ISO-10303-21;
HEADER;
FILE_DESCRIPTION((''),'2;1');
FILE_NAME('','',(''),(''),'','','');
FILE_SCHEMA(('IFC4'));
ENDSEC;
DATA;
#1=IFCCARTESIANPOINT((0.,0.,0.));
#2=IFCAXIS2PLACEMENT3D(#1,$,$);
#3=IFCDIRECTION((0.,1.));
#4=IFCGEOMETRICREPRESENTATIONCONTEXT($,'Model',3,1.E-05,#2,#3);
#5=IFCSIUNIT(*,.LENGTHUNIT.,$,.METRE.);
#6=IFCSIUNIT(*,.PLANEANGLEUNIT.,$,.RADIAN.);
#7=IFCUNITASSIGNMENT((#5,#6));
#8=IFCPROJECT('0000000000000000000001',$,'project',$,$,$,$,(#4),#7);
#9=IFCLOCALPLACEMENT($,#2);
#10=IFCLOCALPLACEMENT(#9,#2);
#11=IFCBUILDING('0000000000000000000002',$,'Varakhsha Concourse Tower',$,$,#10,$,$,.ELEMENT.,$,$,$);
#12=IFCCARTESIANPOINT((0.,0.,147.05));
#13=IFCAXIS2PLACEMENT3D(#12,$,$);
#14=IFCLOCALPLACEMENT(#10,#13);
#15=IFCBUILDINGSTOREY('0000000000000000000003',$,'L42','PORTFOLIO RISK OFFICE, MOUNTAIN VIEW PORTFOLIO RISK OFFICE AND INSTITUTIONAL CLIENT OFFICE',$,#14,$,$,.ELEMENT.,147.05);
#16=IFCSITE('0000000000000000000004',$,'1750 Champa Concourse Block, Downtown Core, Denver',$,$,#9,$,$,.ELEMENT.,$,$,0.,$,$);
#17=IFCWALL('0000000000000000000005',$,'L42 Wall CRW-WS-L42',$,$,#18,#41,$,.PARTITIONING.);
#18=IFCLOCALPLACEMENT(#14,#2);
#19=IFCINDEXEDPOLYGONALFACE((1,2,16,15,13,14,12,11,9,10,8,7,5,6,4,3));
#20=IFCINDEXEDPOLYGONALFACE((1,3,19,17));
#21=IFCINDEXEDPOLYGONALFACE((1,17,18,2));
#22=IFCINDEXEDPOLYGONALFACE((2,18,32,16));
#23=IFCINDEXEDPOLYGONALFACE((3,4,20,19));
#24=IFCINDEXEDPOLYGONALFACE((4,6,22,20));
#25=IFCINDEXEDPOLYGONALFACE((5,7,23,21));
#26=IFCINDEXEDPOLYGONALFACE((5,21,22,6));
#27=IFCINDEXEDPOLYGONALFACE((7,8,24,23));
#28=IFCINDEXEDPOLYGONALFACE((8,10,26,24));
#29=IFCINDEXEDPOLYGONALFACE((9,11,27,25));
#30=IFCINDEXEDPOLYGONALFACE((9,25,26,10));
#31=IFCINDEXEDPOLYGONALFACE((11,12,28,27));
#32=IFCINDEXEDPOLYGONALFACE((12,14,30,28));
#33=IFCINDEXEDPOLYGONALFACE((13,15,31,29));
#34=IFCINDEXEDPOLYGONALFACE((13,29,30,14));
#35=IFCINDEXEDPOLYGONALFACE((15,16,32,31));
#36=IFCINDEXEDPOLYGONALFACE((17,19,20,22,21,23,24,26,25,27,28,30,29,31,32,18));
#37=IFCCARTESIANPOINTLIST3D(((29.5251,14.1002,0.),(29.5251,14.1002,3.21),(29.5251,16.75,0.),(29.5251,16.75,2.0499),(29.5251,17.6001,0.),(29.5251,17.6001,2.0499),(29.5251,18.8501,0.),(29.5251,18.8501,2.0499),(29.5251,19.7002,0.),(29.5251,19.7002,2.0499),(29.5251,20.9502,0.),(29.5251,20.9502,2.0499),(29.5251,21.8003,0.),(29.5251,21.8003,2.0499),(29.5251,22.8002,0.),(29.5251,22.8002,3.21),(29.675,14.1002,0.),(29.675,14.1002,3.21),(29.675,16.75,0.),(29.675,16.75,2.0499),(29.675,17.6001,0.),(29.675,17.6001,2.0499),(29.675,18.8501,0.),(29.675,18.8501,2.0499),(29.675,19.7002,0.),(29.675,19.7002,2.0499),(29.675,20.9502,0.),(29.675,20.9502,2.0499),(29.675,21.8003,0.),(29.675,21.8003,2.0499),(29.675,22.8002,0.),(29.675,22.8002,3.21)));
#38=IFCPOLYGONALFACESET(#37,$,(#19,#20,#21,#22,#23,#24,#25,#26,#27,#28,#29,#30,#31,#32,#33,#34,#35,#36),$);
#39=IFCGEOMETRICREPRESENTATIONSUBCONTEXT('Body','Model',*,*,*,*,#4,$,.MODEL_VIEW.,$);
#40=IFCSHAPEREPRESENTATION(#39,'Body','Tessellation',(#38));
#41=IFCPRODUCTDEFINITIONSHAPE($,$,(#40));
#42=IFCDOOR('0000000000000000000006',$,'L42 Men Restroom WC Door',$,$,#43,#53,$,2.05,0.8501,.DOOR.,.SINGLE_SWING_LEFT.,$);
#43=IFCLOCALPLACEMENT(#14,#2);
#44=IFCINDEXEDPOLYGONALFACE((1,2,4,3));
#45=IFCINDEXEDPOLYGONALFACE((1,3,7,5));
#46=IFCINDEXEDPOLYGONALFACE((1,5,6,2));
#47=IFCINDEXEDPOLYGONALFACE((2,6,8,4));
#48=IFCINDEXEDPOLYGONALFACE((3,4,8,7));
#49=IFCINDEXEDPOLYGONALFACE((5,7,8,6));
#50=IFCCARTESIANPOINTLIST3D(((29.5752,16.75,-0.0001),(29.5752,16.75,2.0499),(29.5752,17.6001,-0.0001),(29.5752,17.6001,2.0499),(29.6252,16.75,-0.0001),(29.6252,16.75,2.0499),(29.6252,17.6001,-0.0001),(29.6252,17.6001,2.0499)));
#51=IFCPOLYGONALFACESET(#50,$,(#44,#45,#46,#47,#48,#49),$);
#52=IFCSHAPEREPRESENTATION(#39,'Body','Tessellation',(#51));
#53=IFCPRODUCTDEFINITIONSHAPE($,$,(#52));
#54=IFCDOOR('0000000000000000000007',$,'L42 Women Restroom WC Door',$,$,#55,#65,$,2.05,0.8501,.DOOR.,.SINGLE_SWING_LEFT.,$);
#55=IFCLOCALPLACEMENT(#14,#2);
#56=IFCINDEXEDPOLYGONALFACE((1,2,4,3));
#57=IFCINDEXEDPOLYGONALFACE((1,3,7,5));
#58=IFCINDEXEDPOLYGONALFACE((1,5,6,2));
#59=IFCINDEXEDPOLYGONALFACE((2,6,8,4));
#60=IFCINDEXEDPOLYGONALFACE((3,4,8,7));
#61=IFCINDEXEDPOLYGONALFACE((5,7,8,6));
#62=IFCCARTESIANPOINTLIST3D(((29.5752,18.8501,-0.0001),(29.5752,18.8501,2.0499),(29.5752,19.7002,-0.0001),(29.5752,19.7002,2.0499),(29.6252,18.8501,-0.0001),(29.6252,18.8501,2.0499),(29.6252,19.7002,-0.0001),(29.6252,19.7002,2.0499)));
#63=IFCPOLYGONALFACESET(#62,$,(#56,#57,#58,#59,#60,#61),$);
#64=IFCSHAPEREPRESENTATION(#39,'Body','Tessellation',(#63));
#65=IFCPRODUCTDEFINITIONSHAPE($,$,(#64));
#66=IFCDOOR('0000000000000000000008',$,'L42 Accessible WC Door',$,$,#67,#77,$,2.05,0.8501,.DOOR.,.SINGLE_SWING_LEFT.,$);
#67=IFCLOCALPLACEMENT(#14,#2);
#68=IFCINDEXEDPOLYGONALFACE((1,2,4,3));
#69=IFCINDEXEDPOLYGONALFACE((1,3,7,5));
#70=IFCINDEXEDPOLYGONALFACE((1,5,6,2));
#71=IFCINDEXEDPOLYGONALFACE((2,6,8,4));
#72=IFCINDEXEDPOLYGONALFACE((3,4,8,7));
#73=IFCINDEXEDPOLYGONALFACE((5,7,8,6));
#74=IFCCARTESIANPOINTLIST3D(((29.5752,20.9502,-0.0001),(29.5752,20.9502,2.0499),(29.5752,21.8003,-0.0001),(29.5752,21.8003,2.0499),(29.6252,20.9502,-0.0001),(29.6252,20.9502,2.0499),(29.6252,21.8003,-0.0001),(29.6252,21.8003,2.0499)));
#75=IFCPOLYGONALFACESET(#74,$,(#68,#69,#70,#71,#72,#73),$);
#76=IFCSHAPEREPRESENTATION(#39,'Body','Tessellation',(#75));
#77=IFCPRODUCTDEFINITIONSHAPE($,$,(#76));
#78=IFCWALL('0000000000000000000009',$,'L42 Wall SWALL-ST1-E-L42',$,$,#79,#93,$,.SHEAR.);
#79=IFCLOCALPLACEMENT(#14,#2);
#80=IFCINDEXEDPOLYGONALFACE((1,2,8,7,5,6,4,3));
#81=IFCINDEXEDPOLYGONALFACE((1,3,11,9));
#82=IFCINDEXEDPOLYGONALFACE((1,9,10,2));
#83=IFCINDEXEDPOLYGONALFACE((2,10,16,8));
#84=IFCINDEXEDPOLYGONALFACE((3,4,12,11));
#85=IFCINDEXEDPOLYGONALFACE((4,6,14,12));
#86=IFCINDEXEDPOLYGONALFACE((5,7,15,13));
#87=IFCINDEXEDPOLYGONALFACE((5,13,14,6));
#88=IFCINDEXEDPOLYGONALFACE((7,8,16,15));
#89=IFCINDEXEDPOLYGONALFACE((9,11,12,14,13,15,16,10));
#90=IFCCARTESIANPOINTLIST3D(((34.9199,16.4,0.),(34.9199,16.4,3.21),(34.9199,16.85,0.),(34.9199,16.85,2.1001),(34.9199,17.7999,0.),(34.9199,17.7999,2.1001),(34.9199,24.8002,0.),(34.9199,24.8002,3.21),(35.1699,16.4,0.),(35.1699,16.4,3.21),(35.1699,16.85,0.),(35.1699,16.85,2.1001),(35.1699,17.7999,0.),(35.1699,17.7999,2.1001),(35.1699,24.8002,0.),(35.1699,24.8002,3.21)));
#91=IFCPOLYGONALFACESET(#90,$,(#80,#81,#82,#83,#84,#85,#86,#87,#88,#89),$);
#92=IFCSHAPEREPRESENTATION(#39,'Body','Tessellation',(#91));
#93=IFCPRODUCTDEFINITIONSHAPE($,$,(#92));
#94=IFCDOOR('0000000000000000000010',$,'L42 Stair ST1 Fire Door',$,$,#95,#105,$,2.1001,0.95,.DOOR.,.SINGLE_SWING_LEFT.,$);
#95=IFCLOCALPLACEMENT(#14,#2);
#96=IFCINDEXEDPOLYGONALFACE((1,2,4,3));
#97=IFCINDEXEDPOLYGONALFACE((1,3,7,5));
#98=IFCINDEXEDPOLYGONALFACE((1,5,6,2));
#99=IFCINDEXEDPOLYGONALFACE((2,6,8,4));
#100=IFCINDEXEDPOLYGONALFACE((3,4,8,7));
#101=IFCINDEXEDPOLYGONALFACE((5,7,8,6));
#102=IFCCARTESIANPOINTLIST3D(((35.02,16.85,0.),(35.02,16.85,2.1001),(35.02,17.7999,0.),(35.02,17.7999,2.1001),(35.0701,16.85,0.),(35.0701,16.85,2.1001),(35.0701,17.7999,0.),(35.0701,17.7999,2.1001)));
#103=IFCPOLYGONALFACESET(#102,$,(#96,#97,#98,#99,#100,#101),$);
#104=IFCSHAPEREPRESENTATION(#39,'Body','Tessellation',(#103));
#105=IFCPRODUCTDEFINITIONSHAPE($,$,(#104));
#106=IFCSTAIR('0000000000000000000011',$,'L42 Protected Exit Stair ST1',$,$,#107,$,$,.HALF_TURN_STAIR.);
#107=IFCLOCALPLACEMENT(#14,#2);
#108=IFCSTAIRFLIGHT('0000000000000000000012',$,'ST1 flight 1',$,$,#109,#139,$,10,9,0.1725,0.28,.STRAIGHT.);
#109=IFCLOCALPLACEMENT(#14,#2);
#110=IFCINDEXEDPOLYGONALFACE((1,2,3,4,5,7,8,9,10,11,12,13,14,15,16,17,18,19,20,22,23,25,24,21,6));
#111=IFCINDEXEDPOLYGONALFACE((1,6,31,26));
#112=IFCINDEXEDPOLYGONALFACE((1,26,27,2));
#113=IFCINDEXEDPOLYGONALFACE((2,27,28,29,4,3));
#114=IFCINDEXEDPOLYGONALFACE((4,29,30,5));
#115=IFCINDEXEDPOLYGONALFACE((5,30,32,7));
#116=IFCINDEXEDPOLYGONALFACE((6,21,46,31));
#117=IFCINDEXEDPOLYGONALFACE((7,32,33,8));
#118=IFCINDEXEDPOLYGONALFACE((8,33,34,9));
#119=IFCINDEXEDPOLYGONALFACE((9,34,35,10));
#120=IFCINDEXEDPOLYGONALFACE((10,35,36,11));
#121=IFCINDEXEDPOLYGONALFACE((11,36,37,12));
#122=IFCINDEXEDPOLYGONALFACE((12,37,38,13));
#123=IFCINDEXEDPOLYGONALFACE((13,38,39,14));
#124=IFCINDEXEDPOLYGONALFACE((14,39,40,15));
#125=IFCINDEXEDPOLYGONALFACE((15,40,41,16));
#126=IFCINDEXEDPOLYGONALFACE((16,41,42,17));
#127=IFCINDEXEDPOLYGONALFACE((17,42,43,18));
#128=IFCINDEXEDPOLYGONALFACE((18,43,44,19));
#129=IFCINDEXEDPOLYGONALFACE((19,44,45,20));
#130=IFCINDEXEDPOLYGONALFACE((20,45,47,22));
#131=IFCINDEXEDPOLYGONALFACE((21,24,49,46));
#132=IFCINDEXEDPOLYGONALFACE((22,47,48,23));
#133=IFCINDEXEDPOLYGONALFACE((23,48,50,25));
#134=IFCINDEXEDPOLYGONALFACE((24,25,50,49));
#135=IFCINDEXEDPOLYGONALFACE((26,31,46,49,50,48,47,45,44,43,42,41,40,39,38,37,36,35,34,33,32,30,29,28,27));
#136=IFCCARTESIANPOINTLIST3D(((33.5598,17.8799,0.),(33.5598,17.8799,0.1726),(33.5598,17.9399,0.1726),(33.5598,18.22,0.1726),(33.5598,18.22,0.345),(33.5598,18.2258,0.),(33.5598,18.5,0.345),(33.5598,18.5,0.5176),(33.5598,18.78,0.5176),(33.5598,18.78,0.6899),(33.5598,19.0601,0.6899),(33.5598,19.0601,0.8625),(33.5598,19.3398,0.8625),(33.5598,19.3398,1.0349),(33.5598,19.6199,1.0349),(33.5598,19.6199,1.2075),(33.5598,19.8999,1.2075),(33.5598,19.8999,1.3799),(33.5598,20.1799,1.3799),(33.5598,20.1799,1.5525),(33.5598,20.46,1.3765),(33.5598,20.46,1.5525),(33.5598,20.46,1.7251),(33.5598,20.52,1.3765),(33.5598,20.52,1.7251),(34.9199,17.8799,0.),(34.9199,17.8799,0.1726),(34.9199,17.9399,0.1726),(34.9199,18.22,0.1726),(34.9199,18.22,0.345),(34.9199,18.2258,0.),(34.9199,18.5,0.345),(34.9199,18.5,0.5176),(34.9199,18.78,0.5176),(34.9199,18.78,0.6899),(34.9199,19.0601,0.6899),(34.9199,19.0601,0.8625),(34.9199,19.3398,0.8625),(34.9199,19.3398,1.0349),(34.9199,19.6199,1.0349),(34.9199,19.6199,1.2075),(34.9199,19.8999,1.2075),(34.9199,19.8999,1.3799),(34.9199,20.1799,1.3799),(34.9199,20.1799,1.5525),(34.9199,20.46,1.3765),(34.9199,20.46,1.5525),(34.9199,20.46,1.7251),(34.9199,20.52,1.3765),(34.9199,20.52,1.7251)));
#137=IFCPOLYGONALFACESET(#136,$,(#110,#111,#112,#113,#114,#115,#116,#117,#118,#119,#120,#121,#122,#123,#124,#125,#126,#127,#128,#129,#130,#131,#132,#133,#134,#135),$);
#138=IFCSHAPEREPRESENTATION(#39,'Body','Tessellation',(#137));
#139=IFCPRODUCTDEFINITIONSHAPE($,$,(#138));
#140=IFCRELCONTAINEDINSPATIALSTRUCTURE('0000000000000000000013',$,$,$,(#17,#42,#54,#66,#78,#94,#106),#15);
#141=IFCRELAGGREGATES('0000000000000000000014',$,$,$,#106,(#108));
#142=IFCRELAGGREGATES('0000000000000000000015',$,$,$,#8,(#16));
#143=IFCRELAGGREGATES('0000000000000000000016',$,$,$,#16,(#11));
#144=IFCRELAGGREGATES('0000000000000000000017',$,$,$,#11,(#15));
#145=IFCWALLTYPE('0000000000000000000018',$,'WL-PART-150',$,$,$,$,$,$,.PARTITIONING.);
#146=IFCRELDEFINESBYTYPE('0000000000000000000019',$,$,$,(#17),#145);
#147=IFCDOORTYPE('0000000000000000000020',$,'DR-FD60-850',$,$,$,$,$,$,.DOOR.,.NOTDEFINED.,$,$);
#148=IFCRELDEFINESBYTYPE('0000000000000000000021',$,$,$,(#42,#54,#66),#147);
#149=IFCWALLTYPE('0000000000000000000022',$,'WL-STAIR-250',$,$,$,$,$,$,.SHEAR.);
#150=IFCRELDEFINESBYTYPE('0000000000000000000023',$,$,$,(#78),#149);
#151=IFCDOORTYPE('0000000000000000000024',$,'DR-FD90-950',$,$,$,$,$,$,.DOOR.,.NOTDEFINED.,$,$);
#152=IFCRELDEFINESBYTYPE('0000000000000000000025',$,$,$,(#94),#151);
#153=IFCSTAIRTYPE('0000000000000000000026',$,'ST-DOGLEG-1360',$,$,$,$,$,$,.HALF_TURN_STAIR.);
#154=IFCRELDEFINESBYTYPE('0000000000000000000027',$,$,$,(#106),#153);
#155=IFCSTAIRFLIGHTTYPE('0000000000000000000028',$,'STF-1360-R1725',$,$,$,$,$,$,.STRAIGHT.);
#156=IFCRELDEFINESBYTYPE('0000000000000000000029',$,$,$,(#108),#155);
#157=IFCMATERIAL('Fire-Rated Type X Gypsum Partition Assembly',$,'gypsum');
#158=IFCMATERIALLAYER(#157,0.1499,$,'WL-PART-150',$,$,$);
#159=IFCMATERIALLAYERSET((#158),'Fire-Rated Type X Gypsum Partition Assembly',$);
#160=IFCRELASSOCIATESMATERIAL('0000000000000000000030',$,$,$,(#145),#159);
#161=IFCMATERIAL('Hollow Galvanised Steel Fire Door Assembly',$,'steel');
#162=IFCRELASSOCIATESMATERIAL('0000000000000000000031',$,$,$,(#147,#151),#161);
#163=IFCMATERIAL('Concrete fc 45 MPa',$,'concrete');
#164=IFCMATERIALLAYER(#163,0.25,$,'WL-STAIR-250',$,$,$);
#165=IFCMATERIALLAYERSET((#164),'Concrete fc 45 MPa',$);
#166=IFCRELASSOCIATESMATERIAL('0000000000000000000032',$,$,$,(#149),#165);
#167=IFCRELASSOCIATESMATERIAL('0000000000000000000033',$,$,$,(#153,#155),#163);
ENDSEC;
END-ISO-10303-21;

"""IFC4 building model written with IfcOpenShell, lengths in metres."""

from ifc_helpers import new_model, si_unit, direction, frame, frame_2d, origin, place, context, subcontext, project, spatial, polyline, rectangle, outline, extrude, material, layer, layer_set, type_object, element, fill, aggregate, save


model = new_model("IFC4")

# Units and contexts
model_context = context("Model", 3, precision=1e-05, world=origin(), true_north=direction((0.0, 1.0)))
body_context = subcontext(model_context, "Body", "Model", "MODEL_VIEW")
ifc_project = project(units=[si_unit("LENGTHUNIT", "METRE"), si_unit("PLANEANGLEUNIT", "RADIAN")], contexts=[model_context])

# Site, building, storey
site_placement = place(None, origin())
site = spatial("IfcSite", under=ifc_project, at=site_placement, Name="1750 Champa Concourse Block, Downtown Core, Denver", CompositionType="ELEMENT", RefElevation=0.0)
building_placement = place(site_placement, origin())
building = spatial("IfcBuilding", under=site, at=building_placement, Name="Varakhsha Concourse Tower", CompositionType="ELEMENT")
storey_placement = place(building_placement, frame((0.0, 0.0, 147.05)))
storey = spatial("IfcBuildingStorey", under=building, at=storey_placement, Name="L42", Description="PORTFOLIO RISK OFFICE, MOUNTAIN VIEW PORTFOLIO RISK OFFICE AND INSTITUTIONAL CLIENT OFFICE", CompositionType="ELEMENT", Elevation=147.05)

# Shared definitions
ifc_material_1 = material(Name="Hollow Galvanised Steel Fire Door Assembly", Category="steel")

# Wall, openings, doors
ifc_material_2 = material(Name="Fire-Rated Type X Gypsum Partition Assembly", Category="gypsum")
ifc_layer_1 = layer(ifc_material_2, 0.1499, Name="WL-PART-150")
ifc_layer_set_1 = layer_set([ifc_layer_1], Name="Fire-Rated Type X Gypsum Partition Assembly")
wall_type_1 = type_object("IfcWallType", Name="WL-PART-150", PredefinedType="PARTITIONING", material=ifc_layer_set_1)
wall_1_placement = place(storey_placement, frame((29.6001, 14.1001, 0.0), z_axis=(0.0, 0.0, 1.0), x_axis=(0.0, 1.0, 0.0)))
wall_1 = element("IfcWall", 1, at=wall_1_placement, inside=storey, type_object=wall_type_1, Name="L42 Wall CRW-WS-L42", PredefinedType="PARTITIONING", context=body_context, shape_type="SweptSolid", body=[
    extrude(rectangle(XDim=8.7, YDim=0.1499, at=frame_2d((4.3501, 0.0))), origin(), (0.0, 0.0, 1.0), 3.21),
])
opening_1_placement = place(wall_1_placement, frame((2.6499, 0.0, 0.0)))
opening_1 = element("IfcOpeningElement", 2, at=opening_1_placement, cuts=wall_1, PredefinedType="OPENING", context=body_context, shape_type="SweptSolid", body=[
    extrude(rectangle(XDim=0.8501, YDim=2.05, at=frame_2d((0.425, 1.0249))), frame((0.0, 0.085, 0.0), z_axis=(0.0, -1.0, 0.0), x_axis=(1.0, 0.0, 0.0)), (0.0, 0.0, 1.0), 0.1699),
])
opening_2_placement = place(wall_1_placement, frame((4.75, 0.0, 0.0)))
opening_2 = element("IfcOpeningElement", 3, at=opening_2_placement, cuts=wall_1, PredefinedType="OPENING", context=body_context, shape_type="SweptSolid", body=[
    extrude(rectangle(XDim=0.8501, YDim=2.05, at=frame_2d((0.425, 1.0249))), frame((0.0, 0.085, 0.0), z_axis=(0.0, -1.0, 0.0), x_axis=(1.0, 0.0, 0.0)), (0.0, 0.0, 1.0), 0.1699),
])
opening_3_placement = place(wall_1_placement, frame((6.8501, 0.0, 0.0)))
opening_3 = element("IfcOpeningElement", 4, at=opening_3_placement, cuts=wall_1, PredefinedType="OPENING", context=body_context, shape_type="SweptSolid", body=[
    extrude(rectangle(XDim=0.8501, YDim=2.05, at=frame_2d((0.425, 1.0249))), frame((0.0, 0.085, 0.0), z_axis=(0.0, -1.0, 0.0), x_axis=(1.0, 0.0, 0.0)), (0.0, 0.0, 1.0), 0.1699),
])
door_type_1 = type_object("IfcDoorType", Name="DR-FD60-850", OperationType="NOTDEFINED", PredefinedType="DOOR", material=ifc_material_1)
door_1_placement = place(opening_1_placement, origin())
door_1 = element("IfcDoor", 5, at=door_1_placement, inside=storey, type_object=door_type_1, Name="L42 Men Restroom WC Door", OperationType="SINGLE_SWING_LEFT", OverallHeight=2.05, OverallWidth=0.8501, PredefinedType="DOOR", context=body_context, shape_type="SweptSolid", body=[
    extrude(rectangle(XDim=0.8501, YDim=2.05, at=frame_2d((0.425, 1.0249))), frame((0.0, 0.0249, 0.0), z_axis=(0.0, -1.0, 0.0), x_axis=(1.0, 0.0, 0.0)), (0.0, 0.0, 1.0), 0.05),
])
fill(opening_1, door_1)
door_2_placement = place(opening_2_placement, origin())
door_2 = element("IfcDoor", 6, at=door_2_placement, inside=storey, type_object=door_type_1, Name="L42 Women Restroom WC Door", OperationType="SINGLE_SWING_LEFT", OverallHeight=2.05, OverallWidth=0.8501, PredefinedType="DOOR", context=body_context, shape_type="SweptSolid", body=[
    extrude(rectangle(XDim=0.8501, YDim=2.05, at=frame_2d((0.425, 1.0249))), frame((0.0, 0.0249, 0.0), z_axis=(0.0, -1.0, 0.0), x_axis=(1.0, 0.0, 0.0)), (0.0, 0.0, 1.0), 0.05),
])
fill(opening_2, door_2)
door_3_placement = place(opening_3_placement, origin())
door_3 = element("IfcDoor", 7, at=door_3_placement, inside=storey, type_object=door_type_1, Name="L42 Accessible WC Door", OperationType="SINGLE_SWING_LEFT", OverallHeight=2.05, OverallWidth=0.8501, PredefinedType="DOOR", context=body_context, shape_type="SweptSolid", body=[
    extrude(rectangle(XDim=0.8501, YDim=2.05, at=frame_2d((0.425, 1.0249))), frame((0.0, 0.0249, 0.0), z_axis=(0.0, -1.0, 0.0), x_axis=(1.0, 0.0, 0.0)), (0.0, 0.0, 1.0), 0.05),
])
fill(opening_3, door_3)

# Wall, opening, door
ifc_material_3 = material(Name="Concrete fc 45 MPa", Category="concrete")
ifc_layer_2 = layer(ifc_material_3, 0.25, Name="WL-STAIR-250")
ifc_layer_set_2 = layer_set([ifc_layer_2], Name="Concrete fc 45 MPa")
wall_type_2 = type_object("IfcWallType", Name="WL-STAIR-250", PredefinedType="SHEAR", material=ifc_layer_set_2)
wall_2_placement = place(storey_placement, frame((35.0449, 16.3999, 0.0), z_axis=(0.0, 0.0, 1.0), x_axis=(0.0, 1.0, 0.0)))
wall_2 = element("IfcWall", 8, at=wall_2_placement, inside=storey, type_object=wall_type_2, Name="L42 Wall SWALL-ST1-E-L42", PredefinedType="SHEAR", context=body_context, shape_type="SweptSolid", body=[
    extrude(rectangle(XDim=8.4001, YDim=0.25, at=frame_2d((4.2002, 0.0))), origin(), (0.0, 0.0, 1.0), 3.21),
])
opening_4_placement = place(wall_2_placement, frame((0.45, 0.0, 0.0)))
opening_4 = element("IfcOpeningElement", 9, at=opening_4_placement, cuts=wall_2, PredefinedType="OPENING", context=body_context, shape_type="SweptSolid", body=[
    extrude(rectangle(XDim=0.95, YDim=2.1001, at=frame_2d((0.4751, 1.05))), frame((0.0, 0.135, 0.0), z_axis=(0.0, -1.0, 0.0), x_axis=(1.0, 0.0, 0.0)), (0.0, 0.0, 1.0), 0.27),
])
door_type_2 = type_object("IfcDoorType", Name="DR-FD90-950", OperationType="NOTDEFINED", PredefinedType="DOOR", material=ifc_material_1)
door_4_placement = place(opening_4_placement, origin())
door_4 = element("IfcDoor", 10, at=door_4_placement, inside=storey, type_object=door_type_2, Name="L42 Stair ST1 Fire Door", OperationType="SINGLE_SWING_LEFT", OverallHeight=2.1001, OverallWidth=0.95, PredefinedType="DOOR", context=body_context, shape_type="SweptSolid", body=[
    extrude(rectangle(XDim=0.95, YDim=2.1001, at=frame_2d((0.4751, 1.05))), frame((0.0, 0.0249, 0.0), z_axis=(0.0, -1.0, 0.0), x_axis=(1.0, 0.0, 0.0)), (0.0, 0.0, 1.0), 0.05),
])
fill(opening_4, door_4)

# Stair, stair flight
stair_type = type_object("IfcStairType", Name="ST-DOGLEG-1360", PredefinedType="HALF_TURN_STAIR", material=ifc_material_3)
stair_placement = place(storey_placement, origin())
stair = element("IfcStair", 11, at=stair_placement, inside=storey, type_object=stair_type, Name="L42 Protected Exit Stair ST1", PredefinedType="HALF_TURN_STAIR")
stair_flight_type = type_object("IfcStairFlightType", Name="STF-1360-R1725", PredefinedType="STRAIGHT", material=ifc_material_3)
stair_flight_placement = place(storey_placement, frame((34.24, 17.9399, 0.0), z_axis=(0.0, 0.0, 1.0), x_axis=(0.0, 1.0, 0.0)))
stair_flight = element("IfcStairFlight", 12, at=stair_flight_placement, type_object=stair_flight_type, Name="ST1 flight 1", NumberOfRisers=10, NumberOfTreads=9, PredefinedType="STRAIGHT", RiserHeight=0.1725, TreadLength=0.28, context=body_context, shape_type="SweptSolid", body=[
    extrude(outline(polyline([(-0.0601, 0.0), (-0.0601, 0.1726), (0.0, 0.1726), (0.28, 0.1726), (0.28, 0.345), (0.5601, 0.345), (0.5601, 0.5176), (0.8401, 0.5176), (0.8401, 0.6899), (1.1201, 0.6899), (1.1201, 0.8625), (1.3999, 0.8625), (1.3999, 1.0349), (1.6799, 1.0349), (1.6799, 1.2075), (1.96, 1.2075), (1.96, 1.3799), (2.24, 1.3799), (2.24, 1.5525), (2.52, 1.5525), (2.52, 1.7251), (2.5801, 1.7251), (2.5801, 1.3765), (2.52, 1.3765), (0.2859, 0.0), (-0.0601, 0.0)])), frame((0.0, 0.6802, 0.0), z_axis=(0.0, -1.0, 0.0), x_axis=(1.0, 0.0, 0.0)), (0.0, 0.0, 1.0), 1.3601),
])
aggregate(stair, [stair_flight])

save(model, "model.ifc")
